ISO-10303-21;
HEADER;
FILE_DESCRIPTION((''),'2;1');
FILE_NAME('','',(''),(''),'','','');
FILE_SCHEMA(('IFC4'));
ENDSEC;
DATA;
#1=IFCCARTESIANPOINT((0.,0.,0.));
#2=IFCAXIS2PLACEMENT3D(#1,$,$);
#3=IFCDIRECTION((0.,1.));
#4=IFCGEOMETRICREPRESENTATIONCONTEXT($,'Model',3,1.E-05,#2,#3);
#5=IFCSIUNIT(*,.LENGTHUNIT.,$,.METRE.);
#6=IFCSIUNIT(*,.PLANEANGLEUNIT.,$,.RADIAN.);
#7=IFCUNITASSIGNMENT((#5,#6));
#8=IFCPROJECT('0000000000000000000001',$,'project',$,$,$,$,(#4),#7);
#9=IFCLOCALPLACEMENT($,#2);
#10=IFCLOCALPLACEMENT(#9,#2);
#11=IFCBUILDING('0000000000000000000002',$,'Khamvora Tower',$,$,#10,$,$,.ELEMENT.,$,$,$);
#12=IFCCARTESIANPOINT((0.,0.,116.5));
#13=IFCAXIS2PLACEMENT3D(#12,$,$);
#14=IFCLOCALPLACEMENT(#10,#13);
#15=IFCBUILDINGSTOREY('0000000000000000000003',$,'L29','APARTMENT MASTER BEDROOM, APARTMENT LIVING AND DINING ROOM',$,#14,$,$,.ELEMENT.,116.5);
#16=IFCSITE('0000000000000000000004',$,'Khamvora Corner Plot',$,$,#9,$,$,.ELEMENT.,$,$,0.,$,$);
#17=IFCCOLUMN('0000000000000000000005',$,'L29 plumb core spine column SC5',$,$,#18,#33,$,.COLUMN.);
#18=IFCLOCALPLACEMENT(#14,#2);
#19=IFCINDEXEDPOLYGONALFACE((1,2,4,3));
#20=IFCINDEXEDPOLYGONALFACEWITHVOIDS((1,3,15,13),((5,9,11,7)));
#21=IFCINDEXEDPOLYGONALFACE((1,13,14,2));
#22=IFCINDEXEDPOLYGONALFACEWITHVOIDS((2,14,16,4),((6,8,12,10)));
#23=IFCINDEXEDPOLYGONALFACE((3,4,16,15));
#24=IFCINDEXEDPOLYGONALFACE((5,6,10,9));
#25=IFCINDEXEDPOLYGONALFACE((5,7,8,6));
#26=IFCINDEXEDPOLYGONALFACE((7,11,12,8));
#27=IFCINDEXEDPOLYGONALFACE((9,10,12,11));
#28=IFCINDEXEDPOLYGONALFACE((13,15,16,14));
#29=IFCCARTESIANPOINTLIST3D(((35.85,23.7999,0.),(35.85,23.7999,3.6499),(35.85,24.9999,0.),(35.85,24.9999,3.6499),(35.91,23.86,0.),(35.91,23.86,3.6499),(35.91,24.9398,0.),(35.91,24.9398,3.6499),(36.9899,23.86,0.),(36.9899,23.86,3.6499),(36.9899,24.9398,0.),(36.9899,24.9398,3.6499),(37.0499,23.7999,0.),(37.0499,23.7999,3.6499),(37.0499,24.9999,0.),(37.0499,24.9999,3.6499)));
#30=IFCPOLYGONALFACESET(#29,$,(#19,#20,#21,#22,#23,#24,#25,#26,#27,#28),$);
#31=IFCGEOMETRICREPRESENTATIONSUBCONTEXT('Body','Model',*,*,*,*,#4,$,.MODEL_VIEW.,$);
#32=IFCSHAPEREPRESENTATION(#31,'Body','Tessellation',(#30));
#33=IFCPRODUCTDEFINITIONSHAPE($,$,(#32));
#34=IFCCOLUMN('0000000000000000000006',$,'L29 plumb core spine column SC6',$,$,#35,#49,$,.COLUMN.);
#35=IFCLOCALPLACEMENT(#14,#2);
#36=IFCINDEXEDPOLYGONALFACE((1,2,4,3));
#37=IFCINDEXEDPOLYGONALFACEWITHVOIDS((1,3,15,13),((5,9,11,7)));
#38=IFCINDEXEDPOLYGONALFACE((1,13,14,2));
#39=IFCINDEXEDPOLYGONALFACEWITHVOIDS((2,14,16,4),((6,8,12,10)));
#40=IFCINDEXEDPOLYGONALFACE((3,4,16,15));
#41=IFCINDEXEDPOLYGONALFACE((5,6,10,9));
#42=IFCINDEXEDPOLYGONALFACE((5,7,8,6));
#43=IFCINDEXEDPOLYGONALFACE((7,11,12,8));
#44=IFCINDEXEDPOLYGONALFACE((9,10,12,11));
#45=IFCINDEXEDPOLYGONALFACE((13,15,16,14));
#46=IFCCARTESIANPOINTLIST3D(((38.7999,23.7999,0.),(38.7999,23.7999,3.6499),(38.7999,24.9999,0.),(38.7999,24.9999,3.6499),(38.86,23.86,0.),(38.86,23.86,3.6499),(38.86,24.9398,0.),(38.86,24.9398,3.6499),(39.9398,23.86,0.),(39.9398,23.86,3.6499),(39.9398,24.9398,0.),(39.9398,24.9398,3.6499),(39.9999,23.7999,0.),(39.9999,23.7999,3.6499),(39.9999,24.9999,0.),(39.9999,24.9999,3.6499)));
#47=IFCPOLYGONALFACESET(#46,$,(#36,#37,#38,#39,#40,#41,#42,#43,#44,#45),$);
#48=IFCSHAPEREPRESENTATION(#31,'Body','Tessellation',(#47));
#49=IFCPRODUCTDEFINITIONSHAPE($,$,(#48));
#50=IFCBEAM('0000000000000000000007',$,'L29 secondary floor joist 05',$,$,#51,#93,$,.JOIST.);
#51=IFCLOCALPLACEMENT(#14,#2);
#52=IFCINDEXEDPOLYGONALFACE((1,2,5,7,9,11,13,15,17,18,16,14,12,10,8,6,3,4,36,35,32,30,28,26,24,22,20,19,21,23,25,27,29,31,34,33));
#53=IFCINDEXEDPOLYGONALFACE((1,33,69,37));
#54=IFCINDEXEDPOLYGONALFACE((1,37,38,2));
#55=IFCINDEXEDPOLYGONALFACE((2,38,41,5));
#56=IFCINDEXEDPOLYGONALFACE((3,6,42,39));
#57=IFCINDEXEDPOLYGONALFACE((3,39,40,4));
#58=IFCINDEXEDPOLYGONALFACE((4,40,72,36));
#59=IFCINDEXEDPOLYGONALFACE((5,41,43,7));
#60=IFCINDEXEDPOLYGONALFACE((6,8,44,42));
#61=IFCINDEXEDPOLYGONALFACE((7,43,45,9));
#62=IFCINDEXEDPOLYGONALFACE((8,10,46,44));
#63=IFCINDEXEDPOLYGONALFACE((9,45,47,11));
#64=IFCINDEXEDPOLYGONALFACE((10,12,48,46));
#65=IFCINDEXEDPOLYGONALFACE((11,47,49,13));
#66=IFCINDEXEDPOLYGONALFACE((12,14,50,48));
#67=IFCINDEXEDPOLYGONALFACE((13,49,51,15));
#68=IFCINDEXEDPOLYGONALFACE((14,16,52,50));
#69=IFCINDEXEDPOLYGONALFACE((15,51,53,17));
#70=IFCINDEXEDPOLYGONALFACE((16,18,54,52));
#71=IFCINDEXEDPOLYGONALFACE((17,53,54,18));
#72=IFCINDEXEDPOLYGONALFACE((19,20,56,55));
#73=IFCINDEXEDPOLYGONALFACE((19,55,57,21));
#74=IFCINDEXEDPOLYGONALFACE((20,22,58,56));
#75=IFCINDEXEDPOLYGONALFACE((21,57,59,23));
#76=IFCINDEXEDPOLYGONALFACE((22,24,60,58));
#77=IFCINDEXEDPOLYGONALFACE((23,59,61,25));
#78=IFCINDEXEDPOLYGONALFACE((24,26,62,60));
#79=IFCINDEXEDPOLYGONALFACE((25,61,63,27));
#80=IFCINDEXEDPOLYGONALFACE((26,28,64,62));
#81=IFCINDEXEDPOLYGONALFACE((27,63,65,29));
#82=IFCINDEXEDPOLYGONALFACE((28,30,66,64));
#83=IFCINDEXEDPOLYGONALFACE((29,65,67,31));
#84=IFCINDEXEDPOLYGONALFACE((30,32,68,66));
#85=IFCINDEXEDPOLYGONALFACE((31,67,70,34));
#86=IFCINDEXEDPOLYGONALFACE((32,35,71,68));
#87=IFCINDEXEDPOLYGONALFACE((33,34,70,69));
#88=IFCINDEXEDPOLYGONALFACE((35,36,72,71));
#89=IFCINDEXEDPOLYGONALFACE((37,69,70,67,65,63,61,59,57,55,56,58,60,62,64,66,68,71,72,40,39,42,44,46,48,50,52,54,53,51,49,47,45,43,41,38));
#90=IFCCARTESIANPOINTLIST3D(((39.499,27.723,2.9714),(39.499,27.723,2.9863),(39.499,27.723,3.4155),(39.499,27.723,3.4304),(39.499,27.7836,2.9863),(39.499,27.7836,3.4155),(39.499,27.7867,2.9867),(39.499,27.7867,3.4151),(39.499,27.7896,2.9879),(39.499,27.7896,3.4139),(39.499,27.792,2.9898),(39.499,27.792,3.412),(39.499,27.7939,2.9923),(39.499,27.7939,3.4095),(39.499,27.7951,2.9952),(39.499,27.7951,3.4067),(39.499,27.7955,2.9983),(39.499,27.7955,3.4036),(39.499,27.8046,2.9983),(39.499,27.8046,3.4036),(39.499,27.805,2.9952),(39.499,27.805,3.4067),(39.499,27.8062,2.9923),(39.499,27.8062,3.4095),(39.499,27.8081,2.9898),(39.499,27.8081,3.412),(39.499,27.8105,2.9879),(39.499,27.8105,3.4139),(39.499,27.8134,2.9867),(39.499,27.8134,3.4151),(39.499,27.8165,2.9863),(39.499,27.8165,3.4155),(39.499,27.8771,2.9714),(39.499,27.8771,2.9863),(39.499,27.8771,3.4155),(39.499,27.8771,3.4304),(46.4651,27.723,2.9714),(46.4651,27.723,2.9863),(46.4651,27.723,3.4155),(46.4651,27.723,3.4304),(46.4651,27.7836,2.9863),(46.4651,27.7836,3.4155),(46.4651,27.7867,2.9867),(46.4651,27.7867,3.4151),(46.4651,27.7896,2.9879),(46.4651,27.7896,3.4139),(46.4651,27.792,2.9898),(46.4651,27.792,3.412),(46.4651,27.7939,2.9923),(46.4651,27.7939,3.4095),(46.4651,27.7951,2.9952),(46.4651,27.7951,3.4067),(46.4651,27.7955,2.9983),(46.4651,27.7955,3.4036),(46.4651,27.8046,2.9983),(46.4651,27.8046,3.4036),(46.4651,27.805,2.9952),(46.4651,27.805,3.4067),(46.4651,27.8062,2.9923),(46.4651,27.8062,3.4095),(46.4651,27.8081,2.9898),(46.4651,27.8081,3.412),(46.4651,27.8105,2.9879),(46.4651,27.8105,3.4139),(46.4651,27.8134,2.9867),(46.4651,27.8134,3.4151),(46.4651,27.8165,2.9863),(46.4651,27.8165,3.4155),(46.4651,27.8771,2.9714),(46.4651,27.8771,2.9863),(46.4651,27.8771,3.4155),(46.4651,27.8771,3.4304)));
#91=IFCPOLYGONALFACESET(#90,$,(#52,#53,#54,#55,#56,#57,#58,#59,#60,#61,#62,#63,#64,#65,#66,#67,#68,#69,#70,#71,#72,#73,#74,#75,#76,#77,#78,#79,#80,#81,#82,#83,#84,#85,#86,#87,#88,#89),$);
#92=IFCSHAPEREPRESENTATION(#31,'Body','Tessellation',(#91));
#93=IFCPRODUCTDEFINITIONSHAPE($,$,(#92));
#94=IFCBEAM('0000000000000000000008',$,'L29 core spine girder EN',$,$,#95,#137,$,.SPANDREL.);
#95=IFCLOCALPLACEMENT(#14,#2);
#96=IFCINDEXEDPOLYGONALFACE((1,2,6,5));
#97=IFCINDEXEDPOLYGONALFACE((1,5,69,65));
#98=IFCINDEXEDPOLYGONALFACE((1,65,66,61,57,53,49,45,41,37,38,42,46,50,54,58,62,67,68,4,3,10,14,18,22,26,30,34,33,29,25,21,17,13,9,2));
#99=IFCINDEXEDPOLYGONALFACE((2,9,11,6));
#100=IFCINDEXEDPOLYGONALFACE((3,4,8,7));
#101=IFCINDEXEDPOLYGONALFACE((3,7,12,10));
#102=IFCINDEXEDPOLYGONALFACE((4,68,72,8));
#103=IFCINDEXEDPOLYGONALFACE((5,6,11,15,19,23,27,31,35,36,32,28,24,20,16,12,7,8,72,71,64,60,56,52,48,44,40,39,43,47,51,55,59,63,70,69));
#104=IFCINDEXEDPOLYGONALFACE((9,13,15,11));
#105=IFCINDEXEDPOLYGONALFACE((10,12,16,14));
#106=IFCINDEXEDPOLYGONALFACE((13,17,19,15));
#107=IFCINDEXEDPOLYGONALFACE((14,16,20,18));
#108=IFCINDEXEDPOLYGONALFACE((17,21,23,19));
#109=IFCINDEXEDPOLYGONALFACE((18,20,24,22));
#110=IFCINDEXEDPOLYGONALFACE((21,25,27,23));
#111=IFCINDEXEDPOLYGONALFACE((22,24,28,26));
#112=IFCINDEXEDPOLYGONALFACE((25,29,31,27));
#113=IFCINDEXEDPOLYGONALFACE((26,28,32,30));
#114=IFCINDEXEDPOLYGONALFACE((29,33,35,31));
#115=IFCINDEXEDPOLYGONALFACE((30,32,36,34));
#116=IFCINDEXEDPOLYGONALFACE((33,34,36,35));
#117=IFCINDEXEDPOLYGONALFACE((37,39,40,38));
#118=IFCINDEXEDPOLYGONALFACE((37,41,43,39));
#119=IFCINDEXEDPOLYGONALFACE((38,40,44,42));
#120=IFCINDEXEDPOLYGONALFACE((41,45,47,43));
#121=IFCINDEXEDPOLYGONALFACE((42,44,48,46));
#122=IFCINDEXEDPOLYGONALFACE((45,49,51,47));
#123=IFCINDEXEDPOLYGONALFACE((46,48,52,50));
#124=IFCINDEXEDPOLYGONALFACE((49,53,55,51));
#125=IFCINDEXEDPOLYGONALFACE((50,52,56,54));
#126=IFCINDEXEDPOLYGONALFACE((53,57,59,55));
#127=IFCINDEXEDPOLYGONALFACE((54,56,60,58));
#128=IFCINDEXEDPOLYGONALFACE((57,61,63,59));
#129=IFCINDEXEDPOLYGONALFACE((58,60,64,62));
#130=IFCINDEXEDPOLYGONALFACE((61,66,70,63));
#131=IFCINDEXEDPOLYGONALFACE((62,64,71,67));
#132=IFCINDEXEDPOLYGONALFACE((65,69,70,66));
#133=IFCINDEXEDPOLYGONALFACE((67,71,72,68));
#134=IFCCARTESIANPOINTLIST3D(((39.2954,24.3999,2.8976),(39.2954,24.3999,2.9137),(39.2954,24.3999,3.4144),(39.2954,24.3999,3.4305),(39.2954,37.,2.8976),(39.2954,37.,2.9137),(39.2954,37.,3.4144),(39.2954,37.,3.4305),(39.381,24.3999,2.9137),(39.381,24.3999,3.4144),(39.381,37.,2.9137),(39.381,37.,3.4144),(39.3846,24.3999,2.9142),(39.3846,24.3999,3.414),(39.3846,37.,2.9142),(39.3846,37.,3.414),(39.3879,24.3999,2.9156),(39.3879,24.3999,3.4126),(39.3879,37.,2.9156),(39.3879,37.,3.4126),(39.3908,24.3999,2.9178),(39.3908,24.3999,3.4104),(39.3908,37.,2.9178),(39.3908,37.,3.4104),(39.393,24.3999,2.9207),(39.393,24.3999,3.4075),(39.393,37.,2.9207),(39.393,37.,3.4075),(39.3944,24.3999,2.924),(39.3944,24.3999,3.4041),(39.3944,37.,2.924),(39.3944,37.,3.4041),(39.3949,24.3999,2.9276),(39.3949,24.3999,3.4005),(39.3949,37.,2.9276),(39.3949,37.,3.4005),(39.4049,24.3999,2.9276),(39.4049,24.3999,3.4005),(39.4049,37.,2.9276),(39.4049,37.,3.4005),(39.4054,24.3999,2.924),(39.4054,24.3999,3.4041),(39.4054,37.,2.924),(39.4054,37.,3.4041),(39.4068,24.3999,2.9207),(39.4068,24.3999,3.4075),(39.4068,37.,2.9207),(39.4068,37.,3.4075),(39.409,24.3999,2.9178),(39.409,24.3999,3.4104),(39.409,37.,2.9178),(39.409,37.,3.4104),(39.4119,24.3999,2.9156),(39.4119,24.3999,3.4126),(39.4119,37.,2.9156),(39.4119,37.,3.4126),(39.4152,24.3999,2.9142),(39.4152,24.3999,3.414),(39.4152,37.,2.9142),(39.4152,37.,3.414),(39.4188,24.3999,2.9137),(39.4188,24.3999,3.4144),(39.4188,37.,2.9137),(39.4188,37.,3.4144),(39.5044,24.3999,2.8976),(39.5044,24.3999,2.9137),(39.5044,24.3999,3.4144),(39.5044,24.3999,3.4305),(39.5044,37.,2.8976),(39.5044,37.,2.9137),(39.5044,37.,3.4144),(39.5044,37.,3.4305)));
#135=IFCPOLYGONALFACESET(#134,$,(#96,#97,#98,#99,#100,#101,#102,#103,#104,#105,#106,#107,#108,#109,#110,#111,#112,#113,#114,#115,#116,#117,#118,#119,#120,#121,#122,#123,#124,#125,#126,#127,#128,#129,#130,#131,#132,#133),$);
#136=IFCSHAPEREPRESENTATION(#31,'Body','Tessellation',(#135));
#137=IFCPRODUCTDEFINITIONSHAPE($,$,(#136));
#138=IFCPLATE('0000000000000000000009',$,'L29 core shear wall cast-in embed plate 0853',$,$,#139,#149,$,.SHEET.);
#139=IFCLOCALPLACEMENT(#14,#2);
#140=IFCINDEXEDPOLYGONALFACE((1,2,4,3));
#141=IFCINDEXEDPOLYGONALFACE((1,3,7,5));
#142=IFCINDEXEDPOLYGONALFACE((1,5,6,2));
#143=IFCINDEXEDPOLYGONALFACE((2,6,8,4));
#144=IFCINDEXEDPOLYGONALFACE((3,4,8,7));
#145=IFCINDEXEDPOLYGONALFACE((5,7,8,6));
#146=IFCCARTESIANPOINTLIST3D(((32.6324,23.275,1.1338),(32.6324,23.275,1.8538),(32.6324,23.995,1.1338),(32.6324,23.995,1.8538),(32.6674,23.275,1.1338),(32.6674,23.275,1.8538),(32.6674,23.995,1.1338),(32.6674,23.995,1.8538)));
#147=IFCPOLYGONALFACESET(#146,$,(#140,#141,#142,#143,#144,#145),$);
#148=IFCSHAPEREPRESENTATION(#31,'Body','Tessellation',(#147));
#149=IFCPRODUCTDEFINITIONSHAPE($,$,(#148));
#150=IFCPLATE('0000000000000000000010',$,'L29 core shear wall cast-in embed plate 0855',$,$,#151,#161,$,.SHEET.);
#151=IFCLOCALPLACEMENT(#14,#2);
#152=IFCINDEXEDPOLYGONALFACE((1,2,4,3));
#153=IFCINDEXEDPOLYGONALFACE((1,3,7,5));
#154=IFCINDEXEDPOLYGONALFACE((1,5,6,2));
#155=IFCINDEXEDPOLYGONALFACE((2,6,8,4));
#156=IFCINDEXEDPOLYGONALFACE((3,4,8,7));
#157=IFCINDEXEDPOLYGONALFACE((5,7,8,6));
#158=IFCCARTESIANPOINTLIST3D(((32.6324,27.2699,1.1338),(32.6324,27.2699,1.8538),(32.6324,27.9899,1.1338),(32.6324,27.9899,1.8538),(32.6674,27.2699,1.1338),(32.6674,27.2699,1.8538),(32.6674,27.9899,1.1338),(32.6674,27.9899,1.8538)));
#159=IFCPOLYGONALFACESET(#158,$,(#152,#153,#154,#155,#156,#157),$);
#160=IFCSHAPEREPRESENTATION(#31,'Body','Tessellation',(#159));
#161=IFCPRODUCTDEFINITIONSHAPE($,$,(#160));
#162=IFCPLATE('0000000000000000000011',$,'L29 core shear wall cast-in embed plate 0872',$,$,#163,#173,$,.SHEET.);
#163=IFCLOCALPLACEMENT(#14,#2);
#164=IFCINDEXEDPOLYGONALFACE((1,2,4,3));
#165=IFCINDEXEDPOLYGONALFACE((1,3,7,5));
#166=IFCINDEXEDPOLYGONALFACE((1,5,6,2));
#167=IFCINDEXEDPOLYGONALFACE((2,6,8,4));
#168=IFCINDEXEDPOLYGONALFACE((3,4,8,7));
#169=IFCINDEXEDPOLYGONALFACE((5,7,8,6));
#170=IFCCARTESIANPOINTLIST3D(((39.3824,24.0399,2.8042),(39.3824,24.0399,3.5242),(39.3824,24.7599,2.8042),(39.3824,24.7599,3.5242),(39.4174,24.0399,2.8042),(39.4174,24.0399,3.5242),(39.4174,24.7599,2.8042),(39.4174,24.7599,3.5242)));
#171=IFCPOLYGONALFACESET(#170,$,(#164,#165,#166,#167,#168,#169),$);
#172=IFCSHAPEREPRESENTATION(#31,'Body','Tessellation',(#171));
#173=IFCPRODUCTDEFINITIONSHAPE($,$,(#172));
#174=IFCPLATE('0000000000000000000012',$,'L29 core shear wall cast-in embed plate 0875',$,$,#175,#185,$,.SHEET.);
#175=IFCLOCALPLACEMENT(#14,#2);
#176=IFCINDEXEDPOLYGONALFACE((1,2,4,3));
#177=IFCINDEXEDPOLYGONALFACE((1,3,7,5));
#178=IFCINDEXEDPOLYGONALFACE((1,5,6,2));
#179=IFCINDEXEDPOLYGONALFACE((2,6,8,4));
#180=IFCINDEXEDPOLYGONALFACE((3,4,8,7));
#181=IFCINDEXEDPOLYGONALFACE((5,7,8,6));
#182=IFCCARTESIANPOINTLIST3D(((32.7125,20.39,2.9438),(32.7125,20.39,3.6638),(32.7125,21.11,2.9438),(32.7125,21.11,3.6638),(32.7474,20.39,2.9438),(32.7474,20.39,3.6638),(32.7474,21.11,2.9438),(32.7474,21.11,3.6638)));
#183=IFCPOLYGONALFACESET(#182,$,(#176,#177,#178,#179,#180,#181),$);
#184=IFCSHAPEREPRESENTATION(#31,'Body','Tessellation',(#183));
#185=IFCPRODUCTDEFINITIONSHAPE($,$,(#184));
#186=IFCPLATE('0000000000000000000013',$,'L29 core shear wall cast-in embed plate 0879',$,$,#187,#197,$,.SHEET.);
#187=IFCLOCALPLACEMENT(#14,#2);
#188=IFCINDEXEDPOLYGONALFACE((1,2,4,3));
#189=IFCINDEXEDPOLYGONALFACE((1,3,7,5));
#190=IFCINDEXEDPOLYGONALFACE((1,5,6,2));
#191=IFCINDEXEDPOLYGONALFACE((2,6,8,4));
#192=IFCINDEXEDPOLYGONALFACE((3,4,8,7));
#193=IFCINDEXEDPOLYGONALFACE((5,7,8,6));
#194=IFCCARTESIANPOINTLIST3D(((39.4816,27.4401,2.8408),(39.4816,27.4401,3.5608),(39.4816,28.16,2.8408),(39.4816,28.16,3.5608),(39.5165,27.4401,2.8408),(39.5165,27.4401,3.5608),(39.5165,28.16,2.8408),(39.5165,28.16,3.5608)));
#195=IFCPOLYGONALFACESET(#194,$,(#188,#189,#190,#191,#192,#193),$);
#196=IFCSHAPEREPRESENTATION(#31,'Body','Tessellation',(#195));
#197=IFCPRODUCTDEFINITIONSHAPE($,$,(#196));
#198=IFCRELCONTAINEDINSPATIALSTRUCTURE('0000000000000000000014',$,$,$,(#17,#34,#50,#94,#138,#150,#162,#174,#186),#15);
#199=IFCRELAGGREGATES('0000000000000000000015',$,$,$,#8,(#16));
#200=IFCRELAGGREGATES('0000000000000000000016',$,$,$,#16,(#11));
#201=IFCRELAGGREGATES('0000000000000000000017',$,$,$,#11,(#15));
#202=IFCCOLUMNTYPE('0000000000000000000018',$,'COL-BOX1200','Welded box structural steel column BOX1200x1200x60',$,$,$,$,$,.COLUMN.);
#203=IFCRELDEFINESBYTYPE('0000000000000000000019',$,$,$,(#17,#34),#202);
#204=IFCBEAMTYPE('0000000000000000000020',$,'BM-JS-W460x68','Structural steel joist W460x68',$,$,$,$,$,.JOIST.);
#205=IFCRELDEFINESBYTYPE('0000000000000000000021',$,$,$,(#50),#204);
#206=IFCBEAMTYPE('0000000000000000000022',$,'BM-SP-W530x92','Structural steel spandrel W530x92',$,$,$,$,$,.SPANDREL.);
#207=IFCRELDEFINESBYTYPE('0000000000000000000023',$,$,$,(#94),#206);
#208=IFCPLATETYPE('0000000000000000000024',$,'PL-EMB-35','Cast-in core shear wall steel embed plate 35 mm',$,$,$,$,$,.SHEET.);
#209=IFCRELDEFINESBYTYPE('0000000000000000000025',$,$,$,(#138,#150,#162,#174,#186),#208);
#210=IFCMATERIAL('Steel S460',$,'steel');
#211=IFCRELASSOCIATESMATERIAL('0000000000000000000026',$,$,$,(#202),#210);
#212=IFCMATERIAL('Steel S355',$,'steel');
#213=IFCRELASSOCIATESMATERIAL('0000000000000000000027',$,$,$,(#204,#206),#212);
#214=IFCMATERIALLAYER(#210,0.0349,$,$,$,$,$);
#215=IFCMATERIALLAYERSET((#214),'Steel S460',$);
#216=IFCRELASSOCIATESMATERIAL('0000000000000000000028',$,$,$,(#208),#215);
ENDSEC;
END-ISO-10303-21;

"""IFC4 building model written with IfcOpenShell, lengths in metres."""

from ifc_helpers import new_model, si_unit, direction, frame, origin, origin_2d, place, context, subcontext, project, spatial, rectangle, hollow_rectangle, i_section, extrude, material, layer, layer_set, material_profile, profile_set, type_object, element, save


model = new_model("IFC4")

# Units and contexts
model_context = context("Model", 3, precision=1e-05, world=origin(), true_north=direction((0.0, 1.0)))
body_context = subcontext(model_context, "Body", "Model", "MODEL_VIEW")
ifc_project = project(units=[si_unit("LENGTHUNIT", "METRE"), si_unit("PLANEANGLEUNIT", "RADIAN")], contexts=[model_context])

# Site, building, storey
site_placement = place(None, origin())
site = spatial("IfcSite", under=ifc_project, at=site_placement, Name="Khamvora Corner Plot", CompositionType="ELEMENT", RefElevation=0.0)
building_placement = place(site_placement, origin())
building = spatial("IfcBuilding", under=site, at=building_placement, Name="Khamvora Tower", CompositionType="ELEMENT")
storey_placement = place(building_placement, frame((0.0, 0.0, 116.5)))
storey = spatial("IfcBuildingStorey", under=building, at=storey_placement, Name="L29", Description="APARTMENT MASTER BEDROOM, APARTMENT LIVING AND DINING ROOM", CompositionType="ELEMENT", Elevation=116.5)

# Columns
ifc_material_1 = material(Name="Steel S460", Category="steel")
ifc_material_profile_1 = material_profile(ifc_material_1, hollow_rectangle(XDim=1.2, YDim=1.2, WallThickness=0.0601, at=origin_2d()), Name="BOX1200x1200x60")
ifc_profile_set_1 = profile_set([ifc_material_profile_1], Name="Steel S460")
column_type = type_object("IfcColumnType", Name="COL-BOX1200", Description="Welded box structural steel column BOX1200x1200x60", PredefinedType="COLUMN", material=ifc_profile_set_1)
for number, where, z_axis, x_axis, name in (
    (1, (36.45, 24.3999, 0.0), (0.0, 0.0, 1.0), (1.0, 0.0, 0.0), "L29 plumb core spine column SC5"),
    (2, (39.3999, 24.3999, 0.0), (0.0, 0.0, 1.0), (1.0, 0.0, 0.0), "L29 plumb core spine column SC6"),
):
    element("IfcColumn", number, at=place(storey_placement, frame(where, z_axis=z_axis, x_axis=x_axis)), inside=storey, type_object=column_type, Name=name, PredefinedType="COLUMN", context=body_context, shape_type="SweptSolid", body=[
        extrude(hollow_rectangle(XDim=1.2, YDim=1.2, WallThickness=0.0601, at=origin_2d()), origin(), (0.0, 0.0, 1.0), 3.6499),
    ])

# Beams
ifc_material_2 = material(Name="Steel S355", Category="steel")
ifc_material_profile_2 = material_profile(ifc_material_2, i_section(OverallWidth=0.1541, OverallDepth=0.459, WebThickness=0.009, FlangeThickness=0.0149, FilletRadius=0.012, at=origin_2d()), Name="W460x68")
ifc_profile_set_2 = profile_set([ifc_material_profile_2], Name="Steel S355")
beam_type_1 = type_object("IfcBeamType", Name="BM-JS-W460x68", Description="Structural steel joist W460x68", PredefinedType="JOIST", material=ifc_profile_set_2)
beam_1_placement = place(storey_placement, frame((39.499, 27.8, 3.2009), z_axis=(1.0, 0.0, 0.0), x_axis=(0.0, 1.0, 0.0)))
element("IfcBeam", 3, at=beam_1_placement, inside=storey, type_object=beam_type_1, Name="L29 secondary floor joist 05", PredefinedType="JOIST", context=body_context, shape_type="SweptSolid", body=[
    extrude(i_section(OverallWidth=0.1541, OverallDepth=0.459, WebThickness=0.009, FlangeThickness=0.0149, FilletRadius=0.012, at=origin_2d()), origin(), (0.0, 0.0, 1.0), 6.9661),
])
ifc_material_profile_3 = material_profile(ifc_material_2, i_section(OverallWidth=0.209, OverallDepth=0.533, WebThickness=0.01, FlangeThickness=0.0161, FilletRadius=0.0139, at=origin_2d()), Name="W530x92")
ifc_profile_set_3 = profile_set([ifc_material_profile_3], Name="Steel S355")
beam_type_2 = type_object("IfcBeamType", Name="BM-SP-W530x92", Description="Structural steel spandrel W530x92", PredefinedType="SPANDREL", material=ifc_profile_set_3)
beam_2_placement = place(storey_placement, frame((39.3999, 24.3999, 3.1641), z_axis=(0.0, 1.0, 0.0), x_axis=(-1.0, 0.0, 0.0)))
element("IfcBeam", 4, at=beam_2_placement, inside=storey, type_object=beam_type_2, Name="L29 core spine girder EN", PredefinedType="SPANDREL", context=body_context, shape_type="SweptSolid", body=[
    extrude(i_section(OverallWidth=0.209, OverallDepth=0.533, WebThickness=0.01, FlangeThickness=0.0161, FilletRadius=0.0139, at=origin_2d()), origin(), (0.0, 0.0, 1.0), 12.6001),
])

# Plates
ifc_layer_1 = layer(ifc_material_1, 0.0349)
ifc_layer_set_1 = layer_set([ifc_layer_1], Name="Steel S460")
plate_type = type_object("IfcPlateType", Name="PL-EMB-35", Description="Cast-in core shear wall steel embed plate 35 mm", PredefinedType="SHEET", material=ifc_layer_set_1)
for number, where, z_axis, x_axis, name in (
    (5, (32.6499, 23.635, 1.1338), (0.0, 0.0, 1.0), (1.0, 0.0, 0.0), "L29 core shear wall cast-in embed plate 0853"),
    (6, (32.6499, 27.6299, 1.1338), (0.0, 0.0, 1.0), (1.0, 0.0, 0.0), "L29 core shear wall cast-in embed plate 0855"),
    (7, (39.3999, 24.3999, 2.8042), (0.0, 0.0, 1.0), (1.0, 0.0, 0.0), "L29 core shear wall cast-in embed plate 0872"),
    (8, (32.73, 20.75, 2.9438), (0.0, 0.0, 1.0), (1.0, 0.0, 0.0), "L29 core shear wall cast-in embed plate 0875"),
    (9, (39.499, 27.8, 2.8408), (0.0, 0.0, 1.0), (1.0, 0.0, 0.0), "L29 core shear wall cast-in embed plate 0879"),
):
    element("IfcPlate", number, at=place(storey_placement, frame(where, z_axis=z_axis, x_axis=x_axis)), inside=storey, type_object=plate_type, Name=name, PredefinedType="SHEET", context=body_context, shape_type="SweptSolid", body=[
        extrude(rectangle(XDim=0.0349, YDim=0.72, at=origin_2d()), origin(), (0.0, 0.0, 1.0), 0.72),
    ])

save(model, "model.ifc")
